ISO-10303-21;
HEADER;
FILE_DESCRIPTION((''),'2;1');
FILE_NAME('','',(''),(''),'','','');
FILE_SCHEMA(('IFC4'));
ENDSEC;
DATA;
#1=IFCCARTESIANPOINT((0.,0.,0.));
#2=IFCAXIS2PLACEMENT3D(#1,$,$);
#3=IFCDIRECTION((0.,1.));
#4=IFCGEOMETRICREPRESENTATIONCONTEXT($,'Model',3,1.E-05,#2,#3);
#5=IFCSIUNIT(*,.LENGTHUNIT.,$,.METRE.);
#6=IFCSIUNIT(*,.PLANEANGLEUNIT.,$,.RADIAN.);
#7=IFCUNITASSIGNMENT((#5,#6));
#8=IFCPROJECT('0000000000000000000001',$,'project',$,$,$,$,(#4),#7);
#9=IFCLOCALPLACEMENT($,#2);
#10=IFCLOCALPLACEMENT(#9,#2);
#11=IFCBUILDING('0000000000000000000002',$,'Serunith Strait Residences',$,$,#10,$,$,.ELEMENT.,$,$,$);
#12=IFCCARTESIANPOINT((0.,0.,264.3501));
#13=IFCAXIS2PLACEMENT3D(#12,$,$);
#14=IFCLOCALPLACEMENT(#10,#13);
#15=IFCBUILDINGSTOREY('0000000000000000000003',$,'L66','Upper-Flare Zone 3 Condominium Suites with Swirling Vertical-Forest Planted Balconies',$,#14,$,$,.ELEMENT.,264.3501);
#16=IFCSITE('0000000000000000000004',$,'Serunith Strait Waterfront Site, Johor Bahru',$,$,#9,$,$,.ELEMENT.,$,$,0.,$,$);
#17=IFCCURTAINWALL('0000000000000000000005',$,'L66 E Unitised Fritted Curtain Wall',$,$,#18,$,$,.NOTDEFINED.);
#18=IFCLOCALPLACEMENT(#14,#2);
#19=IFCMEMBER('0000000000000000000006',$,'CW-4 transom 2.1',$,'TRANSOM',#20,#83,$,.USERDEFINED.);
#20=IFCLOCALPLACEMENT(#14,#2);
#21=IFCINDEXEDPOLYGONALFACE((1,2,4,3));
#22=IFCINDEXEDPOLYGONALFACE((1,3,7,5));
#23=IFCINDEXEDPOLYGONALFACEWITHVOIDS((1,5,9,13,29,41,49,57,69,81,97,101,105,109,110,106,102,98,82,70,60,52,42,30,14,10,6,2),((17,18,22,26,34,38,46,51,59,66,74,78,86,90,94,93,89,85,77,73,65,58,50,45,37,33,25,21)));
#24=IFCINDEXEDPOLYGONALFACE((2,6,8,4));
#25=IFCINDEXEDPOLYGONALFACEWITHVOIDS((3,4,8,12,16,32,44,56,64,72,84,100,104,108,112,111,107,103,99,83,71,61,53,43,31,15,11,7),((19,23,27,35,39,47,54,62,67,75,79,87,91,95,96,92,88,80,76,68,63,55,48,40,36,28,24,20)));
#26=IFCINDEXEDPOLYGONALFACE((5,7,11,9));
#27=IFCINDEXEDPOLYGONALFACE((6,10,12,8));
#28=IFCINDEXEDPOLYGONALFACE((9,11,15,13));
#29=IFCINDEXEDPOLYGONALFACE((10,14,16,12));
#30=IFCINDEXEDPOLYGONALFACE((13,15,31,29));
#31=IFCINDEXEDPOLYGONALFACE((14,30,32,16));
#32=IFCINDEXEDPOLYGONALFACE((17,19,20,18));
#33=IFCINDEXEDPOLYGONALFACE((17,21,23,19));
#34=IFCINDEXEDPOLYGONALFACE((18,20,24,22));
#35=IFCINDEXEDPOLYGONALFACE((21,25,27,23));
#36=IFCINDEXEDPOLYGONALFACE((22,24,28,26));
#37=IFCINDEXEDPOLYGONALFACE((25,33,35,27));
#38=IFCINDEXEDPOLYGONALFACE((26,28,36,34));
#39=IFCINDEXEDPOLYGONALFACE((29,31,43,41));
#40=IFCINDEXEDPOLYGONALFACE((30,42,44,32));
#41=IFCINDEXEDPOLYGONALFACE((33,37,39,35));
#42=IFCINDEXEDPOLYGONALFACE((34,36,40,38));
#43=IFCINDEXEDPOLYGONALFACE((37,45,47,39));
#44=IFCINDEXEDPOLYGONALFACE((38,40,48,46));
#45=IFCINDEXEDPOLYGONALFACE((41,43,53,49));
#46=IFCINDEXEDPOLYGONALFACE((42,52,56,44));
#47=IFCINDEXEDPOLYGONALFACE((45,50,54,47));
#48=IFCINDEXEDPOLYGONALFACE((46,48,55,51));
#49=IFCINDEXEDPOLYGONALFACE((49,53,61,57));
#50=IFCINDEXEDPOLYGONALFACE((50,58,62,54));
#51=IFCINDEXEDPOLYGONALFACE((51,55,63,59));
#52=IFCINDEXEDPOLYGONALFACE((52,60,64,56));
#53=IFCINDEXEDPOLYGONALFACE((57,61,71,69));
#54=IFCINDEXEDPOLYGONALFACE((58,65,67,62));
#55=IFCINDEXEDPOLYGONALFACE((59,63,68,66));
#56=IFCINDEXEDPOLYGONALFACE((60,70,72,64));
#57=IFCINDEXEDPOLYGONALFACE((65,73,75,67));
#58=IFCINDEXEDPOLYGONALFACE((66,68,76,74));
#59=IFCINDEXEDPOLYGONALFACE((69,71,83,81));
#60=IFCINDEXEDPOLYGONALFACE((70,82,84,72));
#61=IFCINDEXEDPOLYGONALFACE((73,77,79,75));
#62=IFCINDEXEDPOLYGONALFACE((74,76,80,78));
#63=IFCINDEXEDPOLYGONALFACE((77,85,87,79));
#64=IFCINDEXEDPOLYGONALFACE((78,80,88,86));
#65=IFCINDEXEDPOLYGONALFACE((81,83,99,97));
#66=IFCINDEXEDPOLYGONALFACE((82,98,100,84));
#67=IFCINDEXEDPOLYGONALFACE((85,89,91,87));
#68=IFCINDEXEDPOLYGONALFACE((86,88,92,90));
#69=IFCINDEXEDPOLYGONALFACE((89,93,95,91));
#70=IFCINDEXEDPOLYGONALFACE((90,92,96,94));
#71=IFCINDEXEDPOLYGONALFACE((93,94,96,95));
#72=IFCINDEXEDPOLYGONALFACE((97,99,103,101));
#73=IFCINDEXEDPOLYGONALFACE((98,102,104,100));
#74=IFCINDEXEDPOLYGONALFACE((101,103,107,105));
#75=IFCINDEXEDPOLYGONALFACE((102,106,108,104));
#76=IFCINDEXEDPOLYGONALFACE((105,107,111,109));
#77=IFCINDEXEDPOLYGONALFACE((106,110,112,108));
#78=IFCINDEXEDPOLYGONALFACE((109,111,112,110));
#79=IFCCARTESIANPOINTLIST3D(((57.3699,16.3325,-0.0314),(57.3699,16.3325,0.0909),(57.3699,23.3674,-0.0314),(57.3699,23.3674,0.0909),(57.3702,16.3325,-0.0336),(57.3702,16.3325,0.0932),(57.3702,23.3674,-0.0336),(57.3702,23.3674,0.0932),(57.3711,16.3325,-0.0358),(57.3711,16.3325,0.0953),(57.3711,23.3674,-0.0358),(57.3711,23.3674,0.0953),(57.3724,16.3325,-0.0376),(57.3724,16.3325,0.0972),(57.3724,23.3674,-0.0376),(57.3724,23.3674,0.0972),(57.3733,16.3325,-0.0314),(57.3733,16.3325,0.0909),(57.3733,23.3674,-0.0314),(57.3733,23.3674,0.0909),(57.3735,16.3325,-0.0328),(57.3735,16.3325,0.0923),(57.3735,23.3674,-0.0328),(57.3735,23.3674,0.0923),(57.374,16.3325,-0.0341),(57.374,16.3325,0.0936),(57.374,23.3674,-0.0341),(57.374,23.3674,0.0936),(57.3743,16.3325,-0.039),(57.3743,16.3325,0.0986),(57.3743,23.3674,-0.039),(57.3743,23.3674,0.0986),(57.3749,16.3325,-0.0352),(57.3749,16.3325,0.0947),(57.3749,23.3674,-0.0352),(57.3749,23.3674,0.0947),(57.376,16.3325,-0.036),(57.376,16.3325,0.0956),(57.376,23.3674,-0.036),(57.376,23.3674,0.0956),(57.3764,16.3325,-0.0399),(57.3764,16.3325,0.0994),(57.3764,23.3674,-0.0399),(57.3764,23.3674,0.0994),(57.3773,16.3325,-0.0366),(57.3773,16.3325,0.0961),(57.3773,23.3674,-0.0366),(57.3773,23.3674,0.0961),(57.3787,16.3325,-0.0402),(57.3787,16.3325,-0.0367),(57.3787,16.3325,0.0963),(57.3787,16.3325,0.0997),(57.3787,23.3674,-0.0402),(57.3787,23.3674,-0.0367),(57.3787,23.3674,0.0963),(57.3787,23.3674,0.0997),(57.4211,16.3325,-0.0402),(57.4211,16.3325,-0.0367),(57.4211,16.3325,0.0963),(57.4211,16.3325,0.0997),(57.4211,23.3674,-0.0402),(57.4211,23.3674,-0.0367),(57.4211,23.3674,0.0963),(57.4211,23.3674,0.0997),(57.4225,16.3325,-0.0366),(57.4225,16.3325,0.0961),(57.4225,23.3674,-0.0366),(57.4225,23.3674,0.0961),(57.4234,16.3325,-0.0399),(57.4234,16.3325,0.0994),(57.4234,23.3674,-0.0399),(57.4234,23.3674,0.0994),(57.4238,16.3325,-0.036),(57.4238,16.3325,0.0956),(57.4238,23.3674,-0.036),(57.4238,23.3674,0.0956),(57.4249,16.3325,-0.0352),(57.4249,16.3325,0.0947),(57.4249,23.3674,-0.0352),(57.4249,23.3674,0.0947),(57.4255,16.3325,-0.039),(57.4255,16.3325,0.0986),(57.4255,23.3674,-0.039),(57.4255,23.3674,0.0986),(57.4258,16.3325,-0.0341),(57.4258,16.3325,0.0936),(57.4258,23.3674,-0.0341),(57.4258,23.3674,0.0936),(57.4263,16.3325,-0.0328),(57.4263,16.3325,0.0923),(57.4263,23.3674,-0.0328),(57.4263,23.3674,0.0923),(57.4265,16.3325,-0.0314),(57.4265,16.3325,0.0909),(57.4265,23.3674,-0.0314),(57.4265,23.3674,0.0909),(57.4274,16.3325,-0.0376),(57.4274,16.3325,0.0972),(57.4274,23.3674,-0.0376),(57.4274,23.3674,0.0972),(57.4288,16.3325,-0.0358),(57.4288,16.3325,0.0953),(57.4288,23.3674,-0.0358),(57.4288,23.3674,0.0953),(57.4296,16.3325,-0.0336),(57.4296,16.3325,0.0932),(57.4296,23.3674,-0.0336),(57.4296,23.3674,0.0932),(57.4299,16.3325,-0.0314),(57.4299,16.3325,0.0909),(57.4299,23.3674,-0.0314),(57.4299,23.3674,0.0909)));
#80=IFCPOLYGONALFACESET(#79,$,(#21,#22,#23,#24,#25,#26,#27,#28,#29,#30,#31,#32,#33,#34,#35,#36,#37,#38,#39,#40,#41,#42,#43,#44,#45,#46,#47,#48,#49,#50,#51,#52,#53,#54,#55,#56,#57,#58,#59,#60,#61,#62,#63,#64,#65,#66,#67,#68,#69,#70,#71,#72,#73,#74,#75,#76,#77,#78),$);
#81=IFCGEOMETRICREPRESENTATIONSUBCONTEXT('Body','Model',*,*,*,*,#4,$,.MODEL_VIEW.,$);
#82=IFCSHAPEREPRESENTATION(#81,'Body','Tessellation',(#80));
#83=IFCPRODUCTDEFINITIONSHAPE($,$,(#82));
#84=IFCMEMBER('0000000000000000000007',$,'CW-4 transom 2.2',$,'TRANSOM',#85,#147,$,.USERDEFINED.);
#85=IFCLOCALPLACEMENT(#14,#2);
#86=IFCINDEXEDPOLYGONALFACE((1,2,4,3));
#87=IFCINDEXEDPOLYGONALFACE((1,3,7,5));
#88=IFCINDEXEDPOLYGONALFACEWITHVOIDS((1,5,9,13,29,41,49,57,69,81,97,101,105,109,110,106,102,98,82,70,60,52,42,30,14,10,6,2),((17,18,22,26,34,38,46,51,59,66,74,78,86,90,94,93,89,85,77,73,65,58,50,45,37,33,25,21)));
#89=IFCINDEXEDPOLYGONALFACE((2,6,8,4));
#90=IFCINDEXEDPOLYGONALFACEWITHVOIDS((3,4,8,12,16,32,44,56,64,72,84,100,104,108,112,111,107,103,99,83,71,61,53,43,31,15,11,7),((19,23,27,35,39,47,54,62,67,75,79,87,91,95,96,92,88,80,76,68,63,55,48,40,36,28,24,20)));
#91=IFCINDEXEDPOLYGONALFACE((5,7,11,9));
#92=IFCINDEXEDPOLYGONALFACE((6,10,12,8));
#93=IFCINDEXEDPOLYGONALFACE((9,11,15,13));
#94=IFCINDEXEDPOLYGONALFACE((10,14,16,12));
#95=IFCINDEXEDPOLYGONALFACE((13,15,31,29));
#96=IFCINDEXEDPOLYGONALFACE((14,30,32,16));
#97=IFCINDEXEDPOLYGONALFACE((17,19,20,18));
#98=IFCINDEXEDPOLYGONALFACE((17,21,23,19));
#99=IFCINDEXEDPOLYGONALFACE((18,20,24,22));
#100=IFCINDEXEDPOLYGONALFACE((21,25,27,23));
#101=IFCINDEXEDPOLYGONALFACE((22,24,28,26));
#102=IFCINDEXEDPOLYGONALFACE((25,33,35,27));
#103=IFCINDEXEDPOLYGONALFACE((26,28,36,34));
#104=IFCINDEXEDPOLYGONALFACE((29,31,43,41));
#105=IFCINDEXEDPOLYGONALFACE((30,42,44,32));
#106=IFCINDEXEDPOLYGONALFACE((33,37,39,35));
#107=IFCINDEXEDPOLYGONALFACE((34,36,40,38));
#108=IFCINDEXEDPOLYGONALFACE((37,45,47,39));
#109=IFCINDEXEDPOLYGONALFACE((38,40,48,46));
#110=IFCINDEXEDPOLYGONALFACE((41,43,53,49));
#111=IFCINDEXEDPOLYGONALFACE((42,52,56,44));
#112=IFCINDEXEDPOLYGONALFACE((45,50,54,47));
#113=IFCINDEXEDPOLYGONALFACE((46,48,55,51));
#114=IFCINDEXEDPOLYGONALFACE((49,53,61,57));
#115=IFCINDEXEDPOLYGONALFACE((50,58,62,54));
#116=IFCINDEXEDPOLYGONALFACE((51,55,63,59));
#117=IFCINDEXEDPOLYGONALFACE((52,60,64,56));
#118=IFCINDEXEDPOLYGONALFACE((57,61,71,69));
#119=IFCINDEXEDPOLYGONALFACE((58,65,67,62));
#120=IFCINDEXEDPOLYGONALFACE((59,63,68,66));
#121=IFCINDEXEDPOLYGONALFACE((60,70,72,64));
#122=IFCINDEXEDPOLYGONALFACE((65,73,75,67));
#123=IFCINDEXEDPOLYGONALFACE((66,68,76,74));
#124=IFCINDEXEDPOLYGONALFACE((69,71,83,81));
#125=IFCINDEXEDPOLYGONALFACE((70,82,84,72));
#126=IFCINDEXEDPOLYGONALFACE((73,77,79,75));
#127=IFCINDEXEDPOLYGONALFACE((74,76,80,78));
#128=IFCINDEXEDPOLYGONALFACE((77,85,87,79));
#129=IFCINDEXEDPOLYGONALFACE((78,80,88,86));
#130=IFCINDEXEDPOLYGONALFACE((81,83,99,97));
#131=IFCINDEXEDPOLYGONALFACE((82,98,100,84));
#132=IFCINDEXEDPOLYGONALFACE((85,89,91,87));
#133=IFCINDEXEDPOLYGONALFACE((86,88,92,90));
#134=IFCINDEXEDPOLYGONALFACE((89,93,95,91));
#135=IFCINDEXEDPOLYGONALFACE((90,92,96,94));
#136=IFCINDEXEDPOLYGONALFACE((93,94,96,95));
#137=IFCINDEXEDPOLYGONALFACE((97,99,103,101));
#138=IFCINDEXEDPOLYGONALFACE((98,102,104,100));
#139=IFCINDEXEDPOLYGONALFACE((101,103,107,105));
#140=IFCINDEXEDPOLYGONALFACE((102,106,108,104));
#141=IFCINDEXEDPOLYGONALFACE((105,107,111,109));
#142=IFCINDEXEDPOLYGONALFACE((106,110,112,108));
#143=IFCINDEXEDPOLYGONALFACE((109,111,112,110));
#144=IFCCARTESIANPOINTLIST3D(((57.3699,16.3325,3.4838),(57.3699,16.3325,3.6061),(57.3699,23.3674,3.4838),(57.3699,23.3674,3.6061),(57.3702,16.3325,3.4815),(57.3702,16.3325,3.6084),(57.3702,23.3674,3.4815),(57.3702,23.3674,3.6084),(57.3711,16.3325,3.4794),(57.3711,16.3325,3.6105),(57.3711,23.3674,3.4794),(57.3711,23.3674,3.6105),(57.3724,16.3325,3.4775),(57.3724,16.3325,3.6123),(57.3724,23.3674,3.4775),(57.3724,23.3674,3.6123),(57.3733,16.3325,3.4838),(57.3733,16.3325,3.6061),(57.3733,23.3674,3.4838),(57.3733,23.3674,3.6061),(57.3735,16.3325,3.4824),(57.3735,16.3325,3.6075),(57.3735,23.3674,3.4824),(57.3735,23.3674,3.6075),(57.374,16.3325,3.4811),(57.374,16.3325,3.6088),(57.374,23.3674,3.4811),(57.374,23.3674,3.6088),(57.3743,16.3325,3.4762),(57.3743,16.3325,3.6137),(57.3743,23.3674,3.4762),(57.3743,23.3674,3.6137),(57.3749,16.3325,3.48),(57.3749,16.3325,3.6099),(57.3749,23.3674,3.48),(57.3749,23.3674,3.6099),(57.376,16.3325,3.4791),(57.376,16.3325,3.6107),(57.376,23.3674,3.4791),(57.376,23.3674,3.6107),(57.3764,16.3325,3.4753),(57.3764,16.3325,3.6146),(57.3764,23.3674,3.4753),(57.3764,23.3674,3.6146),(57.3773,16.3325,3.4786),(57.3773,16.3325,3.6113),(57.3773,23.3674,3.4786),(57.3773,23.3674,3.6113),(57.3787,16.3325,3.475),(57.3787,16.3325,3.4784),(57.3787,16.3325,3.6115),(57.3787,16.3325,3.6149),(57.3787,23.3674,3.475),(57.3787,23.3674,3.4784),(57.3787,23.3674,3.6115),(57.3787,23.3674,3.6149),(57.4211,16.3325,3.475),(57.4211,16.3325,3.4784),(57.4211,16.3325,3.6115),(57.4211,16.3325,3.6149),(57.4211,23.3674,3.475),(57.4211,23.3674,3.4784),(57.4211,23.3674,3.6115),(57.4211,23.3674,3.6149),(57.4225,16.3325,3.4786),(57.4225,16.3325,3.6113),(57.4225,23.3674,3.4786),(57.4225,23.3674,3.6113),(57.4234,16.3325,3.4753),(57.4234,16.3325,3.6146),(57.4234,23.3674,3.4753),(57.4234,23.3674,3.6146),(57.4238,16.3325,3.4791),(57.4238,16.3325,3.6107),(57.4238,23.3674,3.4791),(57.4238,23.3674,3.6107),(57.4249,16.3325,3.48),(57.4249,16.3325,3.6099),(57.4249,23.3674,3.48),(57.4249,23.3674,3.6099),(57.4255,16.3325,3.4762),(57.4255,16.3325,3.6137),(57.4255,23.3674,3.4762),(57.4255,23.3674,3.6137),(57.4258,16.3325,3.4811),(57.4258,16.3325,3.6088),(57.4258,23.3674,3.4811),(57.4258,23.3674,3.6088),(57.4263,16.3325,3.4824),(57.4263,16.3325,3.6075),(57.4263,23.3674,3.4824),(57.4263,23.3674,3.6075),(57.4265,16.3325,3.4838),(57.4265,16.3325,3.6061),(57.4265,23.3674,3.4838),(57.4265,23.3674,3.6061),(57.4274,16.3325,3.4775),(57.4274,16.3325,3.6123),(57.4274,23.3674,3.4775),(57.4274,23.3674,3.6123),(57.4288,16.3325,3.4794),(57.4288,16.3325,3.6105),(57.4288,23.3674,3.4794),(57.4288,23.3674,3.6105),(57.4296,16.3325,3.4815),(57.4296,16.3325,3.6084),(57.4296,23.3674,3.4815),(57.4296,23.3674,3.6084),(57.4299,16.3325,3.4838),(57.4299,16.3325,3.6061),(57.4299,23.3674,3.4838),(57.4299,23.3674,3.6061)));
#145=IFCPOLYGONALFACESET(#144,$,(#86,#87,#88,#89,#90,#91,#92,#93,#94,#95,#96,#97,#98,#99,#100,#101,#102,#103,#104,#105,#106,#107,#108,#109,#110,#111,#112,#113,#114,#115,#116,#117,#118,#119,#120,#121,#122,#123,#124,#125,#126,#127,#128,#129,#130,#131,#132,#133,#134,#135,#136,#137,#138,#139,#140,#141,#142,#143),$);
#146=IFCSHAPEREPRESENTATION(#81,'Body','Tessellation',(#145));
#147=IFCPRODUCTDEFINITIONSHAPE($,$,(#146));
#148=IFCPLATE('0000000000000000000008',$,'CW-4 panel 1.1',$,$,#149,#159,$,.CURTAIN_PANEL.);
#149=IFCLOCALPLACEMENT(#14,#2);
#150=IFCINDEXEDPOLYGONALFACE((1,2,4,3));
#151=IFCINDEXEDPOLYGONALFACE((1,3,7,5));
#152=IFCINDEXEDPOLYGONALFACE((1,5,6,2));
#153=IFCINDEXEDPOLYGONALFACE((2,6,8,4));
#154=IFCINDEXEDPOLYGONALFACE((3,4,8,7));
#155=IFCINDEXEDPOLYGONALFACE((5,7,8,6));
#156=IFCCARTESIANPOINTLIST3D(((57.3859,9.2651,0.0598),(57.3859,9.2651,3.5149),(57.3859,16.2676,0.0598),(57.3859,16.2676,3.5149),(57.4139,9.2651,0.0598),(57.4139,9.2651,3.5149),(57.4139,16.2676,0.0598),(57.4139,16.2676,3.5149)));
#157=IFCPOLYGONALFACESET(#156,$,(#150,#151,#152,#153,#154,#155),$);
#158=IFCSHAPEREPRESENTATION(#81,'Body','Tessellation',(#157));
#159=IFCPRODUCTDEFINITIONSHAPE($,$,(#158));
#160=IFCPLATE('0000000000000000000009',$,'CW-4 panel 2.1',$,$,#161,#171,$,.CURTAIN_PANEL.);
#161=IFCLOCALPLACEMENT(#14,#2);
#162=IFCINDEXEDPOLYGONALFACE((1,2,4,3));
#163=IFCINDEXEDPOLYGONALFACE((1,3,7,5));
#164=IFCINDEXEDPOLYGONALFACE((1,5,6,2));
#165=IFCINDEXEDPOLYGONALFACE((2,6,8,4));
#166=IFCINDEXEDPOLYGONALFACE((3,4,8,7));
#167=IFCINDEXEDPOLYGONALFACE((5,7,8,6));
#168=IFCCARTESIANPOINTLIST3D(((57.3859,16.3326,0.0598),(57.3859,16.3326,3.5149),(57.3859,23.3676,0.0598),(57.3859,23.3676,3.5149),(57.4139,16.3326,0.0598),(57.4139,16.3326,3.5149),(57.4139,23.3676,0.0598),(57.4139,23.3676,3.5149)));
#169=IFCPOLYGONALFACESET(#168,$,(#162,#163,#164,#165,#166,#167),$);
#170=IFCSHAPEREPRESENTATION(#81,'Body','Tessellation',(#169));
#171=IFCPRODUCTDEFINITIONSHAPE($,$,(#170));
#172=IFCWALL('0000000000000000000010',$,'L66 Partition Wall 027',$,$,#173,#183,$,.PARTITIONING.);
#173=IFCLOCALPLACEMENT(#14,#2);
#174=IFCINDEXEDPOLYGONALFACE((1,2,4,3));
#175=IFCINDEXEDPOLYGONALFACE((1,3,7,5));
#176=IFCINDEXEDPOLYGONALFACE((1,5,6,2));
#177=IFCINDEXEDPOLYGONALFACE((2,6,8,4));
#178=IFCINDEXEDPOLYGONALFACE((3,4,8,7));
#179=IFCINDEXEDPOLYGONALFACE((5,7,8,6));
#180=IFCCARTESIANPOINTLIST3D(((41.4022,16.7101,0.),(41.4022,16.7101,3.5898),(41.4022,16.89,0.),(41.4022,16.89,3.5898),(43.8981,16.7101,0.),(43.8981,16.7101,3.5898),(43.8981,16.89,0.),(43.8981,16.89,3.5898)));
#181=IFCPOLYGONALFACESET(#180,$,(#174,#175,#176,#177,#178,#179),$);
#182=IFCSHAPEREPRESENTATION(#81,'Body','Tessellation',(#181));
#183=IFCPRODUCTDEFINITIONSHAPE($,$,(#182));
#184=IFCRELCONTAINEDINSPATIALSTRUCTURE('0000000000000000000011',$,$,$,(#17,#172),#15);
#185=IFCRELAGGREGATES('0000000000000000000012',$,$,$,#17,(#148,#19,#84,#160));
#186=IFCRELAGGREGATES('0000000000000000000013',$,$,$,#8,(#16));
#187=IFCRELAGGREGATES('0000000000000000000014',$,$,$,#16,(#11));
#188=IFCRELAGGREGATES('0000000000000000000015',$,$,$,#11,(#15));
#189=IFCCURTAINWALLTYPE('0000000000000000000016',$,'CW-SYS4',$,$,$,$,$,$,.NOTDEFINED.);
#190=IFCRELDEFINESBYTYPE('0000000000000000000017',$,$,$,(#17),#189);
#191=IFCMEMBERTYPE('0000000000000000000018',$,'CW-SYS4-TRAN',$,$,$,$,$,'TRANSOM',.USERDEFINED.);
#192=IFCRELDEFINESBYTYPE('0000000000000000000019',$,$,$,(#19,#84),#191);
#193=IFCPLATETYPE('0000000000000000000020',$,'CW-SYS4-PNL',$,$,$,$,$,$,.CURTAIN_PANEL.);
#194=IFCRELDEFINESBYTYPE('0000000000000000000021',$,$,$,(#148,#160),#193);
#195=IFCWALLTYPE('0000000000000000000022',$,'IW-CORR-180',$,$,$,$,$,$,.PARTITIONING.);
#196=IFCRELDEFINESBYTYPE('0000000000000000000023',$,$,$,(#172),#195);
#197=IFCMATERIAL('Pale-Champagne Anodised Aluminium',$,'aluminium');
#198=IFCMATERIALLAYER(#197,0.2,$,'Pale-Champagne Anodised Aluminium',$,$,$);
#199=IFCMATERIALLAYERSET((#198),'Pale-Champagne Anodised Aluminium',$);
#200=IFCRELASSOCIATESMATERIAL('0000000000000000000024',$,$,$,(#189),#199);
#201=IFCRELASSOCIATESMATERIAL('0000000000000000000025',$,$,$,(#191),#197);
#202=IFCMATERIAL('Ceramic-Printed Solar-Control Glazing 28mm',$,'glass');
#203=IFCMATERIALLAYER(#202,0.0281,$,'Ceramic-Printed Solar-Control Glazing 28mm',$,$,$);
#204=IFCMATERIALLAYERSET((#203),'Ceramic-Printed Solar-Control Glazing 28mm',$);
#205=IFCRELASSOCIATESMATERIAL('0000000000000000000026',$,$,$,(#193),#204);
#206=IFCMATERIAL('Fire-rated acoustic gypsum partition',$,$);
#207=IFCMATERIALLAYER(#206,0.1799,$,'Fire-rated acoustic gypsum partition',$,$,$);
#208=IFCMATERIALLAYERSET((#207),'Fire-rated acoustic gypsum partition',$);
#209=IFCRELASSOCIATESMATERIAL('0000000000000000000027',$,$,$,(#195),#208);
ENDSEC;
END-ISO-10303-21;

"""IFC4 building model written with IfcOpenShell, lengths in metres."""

from ifc_helpers import new_model, si_unit, direction, frame, frame_2d, origin, origin_2d, place, context, subcontext, project, spatial, rectangle, hollow_rectangle, extrude, source, transform, mapped, material, layer, layer_set, material_profile, profile_set, type_object, element, aggregate, save


model = new_model("IFC4")

# Units and contexts
model_context = context("Model", 3, precision=1e-05, world=origin(), true_north=direction((0.0, 1.0)))
body_context = subcontext(model_context, "Body", "Model", "MODEL_VIEW")
ifc_project = project(units=[si_unit("LENGTHUNIT", "METRE"), si_unit("PLANEANGLEUNIT", "RADIAN")], contexts=[model_context])

# Site, building, storey
site_placement = place(None, origin())
site = spatial("IfcSite", under=ifc_project, at=site_placement, Name="Serunith Strait Waterfront Site, Johor Bahru", CompositionType="ELEMENT", RefElevation=0.0)
building_placement = place(site_placement, origin())
building = spatial("IfcBuilding", under=site, at=building_placement, Name="Serunith Strait Residences", CompositionType="ELEMENT")
storey_placement = place(building_placement, frame((0.0, 0.0, 264.3501)))
storey = spatial("IfcBuildingStorey", under=building, at=storey_placement, Name="L66", Description="Upper-Flare Zone 3 Condominium Suites with Swirling Vertical-Forest Planted Balconies", CompositionType="ELEMENT", Elevation=264.3501)

# Curtain wall, members, plates
ifc_material_1 = material(Name="Pale-Champagne Anodised Aluminium", Category="aluminium")
ifc_layer_1 = layer(ifc_material_1, 0.2, Name="Pale-Champagne Anodised Aluminium")
ifc_layer_set_1 = layer_set([ifc_layer_1], Name="Pale-Champagne Anodised Aluminium")
curtain_wall_type = type_object("IfcCurtainWallType", Name="CW-SYS4", PredefinedType="NOTDEFINED", material=ifc_layer_set_1)
curtain_wall_placement = place(storey_placement, origin())
curtain_wall = element("IfcCurtainWall", 1, at=curtain_wall_placement, inside=storey, type_object=curtain_wall_type, Name="L66 E Unitised Fritted Curtain Wall", PredefinedType="NOTDEFINED")
ifc_material_profile_1 = material_profile(ifc_material_1, hollow_rectangle(XDim=0.0601, YDim=0.1399, WallThickness=0.0034, InnerFilletRadius=0.0054, OuterFilletRadius=0.0088, at=origin_2d()), Name="ALU 140x60x3.5")
ifc_profile_set_1 = profile_set([ifc_material_profile_1], Name="Pale-Champagne Anodised Aluminium")
member_type_1 = type_object("IfcMemberType", Name="CW-SYS4-TRAN", ElementType="TRANSOM", PredefinedType="USERDEFINED", material=ifc_profile_set_1)
shared_shape_1 = source(origin(), body_context, "Body", "SweptSolid", [
    extrude(hollow_rectangle(XDim=0.0601, YDim=0.1399, WallThickness=0.0034, InnerFilletRadius=0.0054, OuterFilletRadius=0.0088, at=origin_2d()), origin(), (0.0, 0.0, 1.0), 7.0349),
])
member_1_placement = place(storey_placement, frame((57.3999, 16.3325, 0.0298), z_axis=(0.0, 1.0, 0.0), x_axis=(-1.0, 0.0, 0.0)))
member_1 = element("IfcMember", 2, at=member_1_placement, type_object=member_type_1, Name="CW-4 transom 2.1", ObjectType="TRANSOM", PredefinedType="USERDEFINED", context=body_context, shape_type="MappedRepresentation", body=[
    mapped(shared_shape_1, transform((0.0, 0.0, 0.0), scale=1.0)),
])
member_2_placement = place(storey_placement, frame((57.3999, 16.3325, 3.5449), z_axis=(0.0, 1.0, 0.0), x_axis=(-1.0, 0.0, 0.0)))
member_2 = element("IfcMember", 3, at=member_2_placement, type_object=member_type_1, Name="CW-4 transom 2.2", ObjectType="TRANSOM", PredefinedType="USERDEFINED", context=body_context, shape_type="MappedRepresentation", body=[
    mapped(shared_shape_1, transform((0.0, 0.0, 0.0), scale=1.0)),
])
ifc_material_2 = material(Name="Ceramic-Printed Solar-Control Glazing 28mm", Category="glass")
ifc_layer_2 = layer(ifc_material_2, 0.0281, Name="Ceramic-Printed Solar-Control Glazing 28mm")
ifc_layer_set_2 = layer_set([ifc_layer_2], Name="Ceramic-Printed Solar-Control Glazing 28mm")
plate_type = type_object("IfcPlateType", Name="CW-SYS4-PNL", PredefinedType="CURTAIN_PANEL", material=ifc_layer_set_2)
shared_shape_2 = source(origin(), body_context, "Body", "SweptSolid", [
    extrude(rectangle(XDim=7.0024, YDim=0.0281, at=origin_2d()), origin(), (0.0, 0.0, 1.0), 3.4551),
])
plate_1_placement = place(storey_placement, frame((57.3999, 12.7664, 0.0598), z_axis=(0.0, 0.0, 1.0), x_axis=(0.0, 1.0, 0.0)))
plate_1 = element("IfcPlate", 4, at=plate_1_placement, type_object=plate_type, Name="CW-4 panel 1.1", PredefinedType="CURTAIN_PANEL", context=body_context, shape_type="MappedRepresentation", body=[
    mapped(shared_shape_2, transform((0.0, 0.0, 0.0), scale=1.0)),
])
shared_shape_3 = source(origin(), body_context, "Body", "SweptSolid", [
    extrude(rectangle(XDim=7.0349, YDim=0.0281, at=origin_2d()), origin(), (0.0, 0.0, 1.0), 3.4551),
])
plate_2_placement = place(storey_placement, frame((57.3999, 19.8501, 0.0598), z_axis=(0.0, 0.0, 1.0), x_axis=(0.0, 1.0, 0.0)))
plate_2 = element("IfcPlate", 5, at=plate_2_placement, type_object=plate_type, Name="CW-4 panel 2.1", PredefinedType="CURTAIN_PANEL", context=body_context, shape_type="MappedRepresentation", body=[
    mapped(shared_shape_3, transform((0.0, 0.0, 0.0), scale=1.0)),
])
aggregate(curtain_wall, [plate_1, member_1, member_2, plate_2])

# Wall
ifc_material_3 = material(Name="Fire-rated acoustic gypsum partition")
ifc_layer_3 = layer(ifc_material_3, 0.1799, Name="Fire-rated acoustic gypsum partition")
ifc_layer_set_3 = layer_set([ifc_layer_3], Name="Fire-rated acoustic gypsum partition")
wall_type_1 = type_object("IfcWallType", Name="IW-CORR-180", PredefinedType="PARTITIONING", material=ifc_layer_set_3)
wall_1_placement = place(storey_placement, frame((41.4021, 16.8, 0.0), z_axis=(0.0, 0.0, 1.0), x_axis=(1.0, 0.0, 0.0)))
element("IfcWall", 6, at=wall_1_placement, inside=storey, type_object=wall_type_1, Name="L66 Partition Wall 027", PredefinedType="PARTITIONING", context=body_context, shape_type="SweptSolid", body=[
    extrude(rectangle(XDim=2.4958, YDim=0.1799, at=frame_2d((1.248, 0.0))), origin(), (0.0, 0.0, 1.0), 3.5898),
])

save(model, "model.ifc")
